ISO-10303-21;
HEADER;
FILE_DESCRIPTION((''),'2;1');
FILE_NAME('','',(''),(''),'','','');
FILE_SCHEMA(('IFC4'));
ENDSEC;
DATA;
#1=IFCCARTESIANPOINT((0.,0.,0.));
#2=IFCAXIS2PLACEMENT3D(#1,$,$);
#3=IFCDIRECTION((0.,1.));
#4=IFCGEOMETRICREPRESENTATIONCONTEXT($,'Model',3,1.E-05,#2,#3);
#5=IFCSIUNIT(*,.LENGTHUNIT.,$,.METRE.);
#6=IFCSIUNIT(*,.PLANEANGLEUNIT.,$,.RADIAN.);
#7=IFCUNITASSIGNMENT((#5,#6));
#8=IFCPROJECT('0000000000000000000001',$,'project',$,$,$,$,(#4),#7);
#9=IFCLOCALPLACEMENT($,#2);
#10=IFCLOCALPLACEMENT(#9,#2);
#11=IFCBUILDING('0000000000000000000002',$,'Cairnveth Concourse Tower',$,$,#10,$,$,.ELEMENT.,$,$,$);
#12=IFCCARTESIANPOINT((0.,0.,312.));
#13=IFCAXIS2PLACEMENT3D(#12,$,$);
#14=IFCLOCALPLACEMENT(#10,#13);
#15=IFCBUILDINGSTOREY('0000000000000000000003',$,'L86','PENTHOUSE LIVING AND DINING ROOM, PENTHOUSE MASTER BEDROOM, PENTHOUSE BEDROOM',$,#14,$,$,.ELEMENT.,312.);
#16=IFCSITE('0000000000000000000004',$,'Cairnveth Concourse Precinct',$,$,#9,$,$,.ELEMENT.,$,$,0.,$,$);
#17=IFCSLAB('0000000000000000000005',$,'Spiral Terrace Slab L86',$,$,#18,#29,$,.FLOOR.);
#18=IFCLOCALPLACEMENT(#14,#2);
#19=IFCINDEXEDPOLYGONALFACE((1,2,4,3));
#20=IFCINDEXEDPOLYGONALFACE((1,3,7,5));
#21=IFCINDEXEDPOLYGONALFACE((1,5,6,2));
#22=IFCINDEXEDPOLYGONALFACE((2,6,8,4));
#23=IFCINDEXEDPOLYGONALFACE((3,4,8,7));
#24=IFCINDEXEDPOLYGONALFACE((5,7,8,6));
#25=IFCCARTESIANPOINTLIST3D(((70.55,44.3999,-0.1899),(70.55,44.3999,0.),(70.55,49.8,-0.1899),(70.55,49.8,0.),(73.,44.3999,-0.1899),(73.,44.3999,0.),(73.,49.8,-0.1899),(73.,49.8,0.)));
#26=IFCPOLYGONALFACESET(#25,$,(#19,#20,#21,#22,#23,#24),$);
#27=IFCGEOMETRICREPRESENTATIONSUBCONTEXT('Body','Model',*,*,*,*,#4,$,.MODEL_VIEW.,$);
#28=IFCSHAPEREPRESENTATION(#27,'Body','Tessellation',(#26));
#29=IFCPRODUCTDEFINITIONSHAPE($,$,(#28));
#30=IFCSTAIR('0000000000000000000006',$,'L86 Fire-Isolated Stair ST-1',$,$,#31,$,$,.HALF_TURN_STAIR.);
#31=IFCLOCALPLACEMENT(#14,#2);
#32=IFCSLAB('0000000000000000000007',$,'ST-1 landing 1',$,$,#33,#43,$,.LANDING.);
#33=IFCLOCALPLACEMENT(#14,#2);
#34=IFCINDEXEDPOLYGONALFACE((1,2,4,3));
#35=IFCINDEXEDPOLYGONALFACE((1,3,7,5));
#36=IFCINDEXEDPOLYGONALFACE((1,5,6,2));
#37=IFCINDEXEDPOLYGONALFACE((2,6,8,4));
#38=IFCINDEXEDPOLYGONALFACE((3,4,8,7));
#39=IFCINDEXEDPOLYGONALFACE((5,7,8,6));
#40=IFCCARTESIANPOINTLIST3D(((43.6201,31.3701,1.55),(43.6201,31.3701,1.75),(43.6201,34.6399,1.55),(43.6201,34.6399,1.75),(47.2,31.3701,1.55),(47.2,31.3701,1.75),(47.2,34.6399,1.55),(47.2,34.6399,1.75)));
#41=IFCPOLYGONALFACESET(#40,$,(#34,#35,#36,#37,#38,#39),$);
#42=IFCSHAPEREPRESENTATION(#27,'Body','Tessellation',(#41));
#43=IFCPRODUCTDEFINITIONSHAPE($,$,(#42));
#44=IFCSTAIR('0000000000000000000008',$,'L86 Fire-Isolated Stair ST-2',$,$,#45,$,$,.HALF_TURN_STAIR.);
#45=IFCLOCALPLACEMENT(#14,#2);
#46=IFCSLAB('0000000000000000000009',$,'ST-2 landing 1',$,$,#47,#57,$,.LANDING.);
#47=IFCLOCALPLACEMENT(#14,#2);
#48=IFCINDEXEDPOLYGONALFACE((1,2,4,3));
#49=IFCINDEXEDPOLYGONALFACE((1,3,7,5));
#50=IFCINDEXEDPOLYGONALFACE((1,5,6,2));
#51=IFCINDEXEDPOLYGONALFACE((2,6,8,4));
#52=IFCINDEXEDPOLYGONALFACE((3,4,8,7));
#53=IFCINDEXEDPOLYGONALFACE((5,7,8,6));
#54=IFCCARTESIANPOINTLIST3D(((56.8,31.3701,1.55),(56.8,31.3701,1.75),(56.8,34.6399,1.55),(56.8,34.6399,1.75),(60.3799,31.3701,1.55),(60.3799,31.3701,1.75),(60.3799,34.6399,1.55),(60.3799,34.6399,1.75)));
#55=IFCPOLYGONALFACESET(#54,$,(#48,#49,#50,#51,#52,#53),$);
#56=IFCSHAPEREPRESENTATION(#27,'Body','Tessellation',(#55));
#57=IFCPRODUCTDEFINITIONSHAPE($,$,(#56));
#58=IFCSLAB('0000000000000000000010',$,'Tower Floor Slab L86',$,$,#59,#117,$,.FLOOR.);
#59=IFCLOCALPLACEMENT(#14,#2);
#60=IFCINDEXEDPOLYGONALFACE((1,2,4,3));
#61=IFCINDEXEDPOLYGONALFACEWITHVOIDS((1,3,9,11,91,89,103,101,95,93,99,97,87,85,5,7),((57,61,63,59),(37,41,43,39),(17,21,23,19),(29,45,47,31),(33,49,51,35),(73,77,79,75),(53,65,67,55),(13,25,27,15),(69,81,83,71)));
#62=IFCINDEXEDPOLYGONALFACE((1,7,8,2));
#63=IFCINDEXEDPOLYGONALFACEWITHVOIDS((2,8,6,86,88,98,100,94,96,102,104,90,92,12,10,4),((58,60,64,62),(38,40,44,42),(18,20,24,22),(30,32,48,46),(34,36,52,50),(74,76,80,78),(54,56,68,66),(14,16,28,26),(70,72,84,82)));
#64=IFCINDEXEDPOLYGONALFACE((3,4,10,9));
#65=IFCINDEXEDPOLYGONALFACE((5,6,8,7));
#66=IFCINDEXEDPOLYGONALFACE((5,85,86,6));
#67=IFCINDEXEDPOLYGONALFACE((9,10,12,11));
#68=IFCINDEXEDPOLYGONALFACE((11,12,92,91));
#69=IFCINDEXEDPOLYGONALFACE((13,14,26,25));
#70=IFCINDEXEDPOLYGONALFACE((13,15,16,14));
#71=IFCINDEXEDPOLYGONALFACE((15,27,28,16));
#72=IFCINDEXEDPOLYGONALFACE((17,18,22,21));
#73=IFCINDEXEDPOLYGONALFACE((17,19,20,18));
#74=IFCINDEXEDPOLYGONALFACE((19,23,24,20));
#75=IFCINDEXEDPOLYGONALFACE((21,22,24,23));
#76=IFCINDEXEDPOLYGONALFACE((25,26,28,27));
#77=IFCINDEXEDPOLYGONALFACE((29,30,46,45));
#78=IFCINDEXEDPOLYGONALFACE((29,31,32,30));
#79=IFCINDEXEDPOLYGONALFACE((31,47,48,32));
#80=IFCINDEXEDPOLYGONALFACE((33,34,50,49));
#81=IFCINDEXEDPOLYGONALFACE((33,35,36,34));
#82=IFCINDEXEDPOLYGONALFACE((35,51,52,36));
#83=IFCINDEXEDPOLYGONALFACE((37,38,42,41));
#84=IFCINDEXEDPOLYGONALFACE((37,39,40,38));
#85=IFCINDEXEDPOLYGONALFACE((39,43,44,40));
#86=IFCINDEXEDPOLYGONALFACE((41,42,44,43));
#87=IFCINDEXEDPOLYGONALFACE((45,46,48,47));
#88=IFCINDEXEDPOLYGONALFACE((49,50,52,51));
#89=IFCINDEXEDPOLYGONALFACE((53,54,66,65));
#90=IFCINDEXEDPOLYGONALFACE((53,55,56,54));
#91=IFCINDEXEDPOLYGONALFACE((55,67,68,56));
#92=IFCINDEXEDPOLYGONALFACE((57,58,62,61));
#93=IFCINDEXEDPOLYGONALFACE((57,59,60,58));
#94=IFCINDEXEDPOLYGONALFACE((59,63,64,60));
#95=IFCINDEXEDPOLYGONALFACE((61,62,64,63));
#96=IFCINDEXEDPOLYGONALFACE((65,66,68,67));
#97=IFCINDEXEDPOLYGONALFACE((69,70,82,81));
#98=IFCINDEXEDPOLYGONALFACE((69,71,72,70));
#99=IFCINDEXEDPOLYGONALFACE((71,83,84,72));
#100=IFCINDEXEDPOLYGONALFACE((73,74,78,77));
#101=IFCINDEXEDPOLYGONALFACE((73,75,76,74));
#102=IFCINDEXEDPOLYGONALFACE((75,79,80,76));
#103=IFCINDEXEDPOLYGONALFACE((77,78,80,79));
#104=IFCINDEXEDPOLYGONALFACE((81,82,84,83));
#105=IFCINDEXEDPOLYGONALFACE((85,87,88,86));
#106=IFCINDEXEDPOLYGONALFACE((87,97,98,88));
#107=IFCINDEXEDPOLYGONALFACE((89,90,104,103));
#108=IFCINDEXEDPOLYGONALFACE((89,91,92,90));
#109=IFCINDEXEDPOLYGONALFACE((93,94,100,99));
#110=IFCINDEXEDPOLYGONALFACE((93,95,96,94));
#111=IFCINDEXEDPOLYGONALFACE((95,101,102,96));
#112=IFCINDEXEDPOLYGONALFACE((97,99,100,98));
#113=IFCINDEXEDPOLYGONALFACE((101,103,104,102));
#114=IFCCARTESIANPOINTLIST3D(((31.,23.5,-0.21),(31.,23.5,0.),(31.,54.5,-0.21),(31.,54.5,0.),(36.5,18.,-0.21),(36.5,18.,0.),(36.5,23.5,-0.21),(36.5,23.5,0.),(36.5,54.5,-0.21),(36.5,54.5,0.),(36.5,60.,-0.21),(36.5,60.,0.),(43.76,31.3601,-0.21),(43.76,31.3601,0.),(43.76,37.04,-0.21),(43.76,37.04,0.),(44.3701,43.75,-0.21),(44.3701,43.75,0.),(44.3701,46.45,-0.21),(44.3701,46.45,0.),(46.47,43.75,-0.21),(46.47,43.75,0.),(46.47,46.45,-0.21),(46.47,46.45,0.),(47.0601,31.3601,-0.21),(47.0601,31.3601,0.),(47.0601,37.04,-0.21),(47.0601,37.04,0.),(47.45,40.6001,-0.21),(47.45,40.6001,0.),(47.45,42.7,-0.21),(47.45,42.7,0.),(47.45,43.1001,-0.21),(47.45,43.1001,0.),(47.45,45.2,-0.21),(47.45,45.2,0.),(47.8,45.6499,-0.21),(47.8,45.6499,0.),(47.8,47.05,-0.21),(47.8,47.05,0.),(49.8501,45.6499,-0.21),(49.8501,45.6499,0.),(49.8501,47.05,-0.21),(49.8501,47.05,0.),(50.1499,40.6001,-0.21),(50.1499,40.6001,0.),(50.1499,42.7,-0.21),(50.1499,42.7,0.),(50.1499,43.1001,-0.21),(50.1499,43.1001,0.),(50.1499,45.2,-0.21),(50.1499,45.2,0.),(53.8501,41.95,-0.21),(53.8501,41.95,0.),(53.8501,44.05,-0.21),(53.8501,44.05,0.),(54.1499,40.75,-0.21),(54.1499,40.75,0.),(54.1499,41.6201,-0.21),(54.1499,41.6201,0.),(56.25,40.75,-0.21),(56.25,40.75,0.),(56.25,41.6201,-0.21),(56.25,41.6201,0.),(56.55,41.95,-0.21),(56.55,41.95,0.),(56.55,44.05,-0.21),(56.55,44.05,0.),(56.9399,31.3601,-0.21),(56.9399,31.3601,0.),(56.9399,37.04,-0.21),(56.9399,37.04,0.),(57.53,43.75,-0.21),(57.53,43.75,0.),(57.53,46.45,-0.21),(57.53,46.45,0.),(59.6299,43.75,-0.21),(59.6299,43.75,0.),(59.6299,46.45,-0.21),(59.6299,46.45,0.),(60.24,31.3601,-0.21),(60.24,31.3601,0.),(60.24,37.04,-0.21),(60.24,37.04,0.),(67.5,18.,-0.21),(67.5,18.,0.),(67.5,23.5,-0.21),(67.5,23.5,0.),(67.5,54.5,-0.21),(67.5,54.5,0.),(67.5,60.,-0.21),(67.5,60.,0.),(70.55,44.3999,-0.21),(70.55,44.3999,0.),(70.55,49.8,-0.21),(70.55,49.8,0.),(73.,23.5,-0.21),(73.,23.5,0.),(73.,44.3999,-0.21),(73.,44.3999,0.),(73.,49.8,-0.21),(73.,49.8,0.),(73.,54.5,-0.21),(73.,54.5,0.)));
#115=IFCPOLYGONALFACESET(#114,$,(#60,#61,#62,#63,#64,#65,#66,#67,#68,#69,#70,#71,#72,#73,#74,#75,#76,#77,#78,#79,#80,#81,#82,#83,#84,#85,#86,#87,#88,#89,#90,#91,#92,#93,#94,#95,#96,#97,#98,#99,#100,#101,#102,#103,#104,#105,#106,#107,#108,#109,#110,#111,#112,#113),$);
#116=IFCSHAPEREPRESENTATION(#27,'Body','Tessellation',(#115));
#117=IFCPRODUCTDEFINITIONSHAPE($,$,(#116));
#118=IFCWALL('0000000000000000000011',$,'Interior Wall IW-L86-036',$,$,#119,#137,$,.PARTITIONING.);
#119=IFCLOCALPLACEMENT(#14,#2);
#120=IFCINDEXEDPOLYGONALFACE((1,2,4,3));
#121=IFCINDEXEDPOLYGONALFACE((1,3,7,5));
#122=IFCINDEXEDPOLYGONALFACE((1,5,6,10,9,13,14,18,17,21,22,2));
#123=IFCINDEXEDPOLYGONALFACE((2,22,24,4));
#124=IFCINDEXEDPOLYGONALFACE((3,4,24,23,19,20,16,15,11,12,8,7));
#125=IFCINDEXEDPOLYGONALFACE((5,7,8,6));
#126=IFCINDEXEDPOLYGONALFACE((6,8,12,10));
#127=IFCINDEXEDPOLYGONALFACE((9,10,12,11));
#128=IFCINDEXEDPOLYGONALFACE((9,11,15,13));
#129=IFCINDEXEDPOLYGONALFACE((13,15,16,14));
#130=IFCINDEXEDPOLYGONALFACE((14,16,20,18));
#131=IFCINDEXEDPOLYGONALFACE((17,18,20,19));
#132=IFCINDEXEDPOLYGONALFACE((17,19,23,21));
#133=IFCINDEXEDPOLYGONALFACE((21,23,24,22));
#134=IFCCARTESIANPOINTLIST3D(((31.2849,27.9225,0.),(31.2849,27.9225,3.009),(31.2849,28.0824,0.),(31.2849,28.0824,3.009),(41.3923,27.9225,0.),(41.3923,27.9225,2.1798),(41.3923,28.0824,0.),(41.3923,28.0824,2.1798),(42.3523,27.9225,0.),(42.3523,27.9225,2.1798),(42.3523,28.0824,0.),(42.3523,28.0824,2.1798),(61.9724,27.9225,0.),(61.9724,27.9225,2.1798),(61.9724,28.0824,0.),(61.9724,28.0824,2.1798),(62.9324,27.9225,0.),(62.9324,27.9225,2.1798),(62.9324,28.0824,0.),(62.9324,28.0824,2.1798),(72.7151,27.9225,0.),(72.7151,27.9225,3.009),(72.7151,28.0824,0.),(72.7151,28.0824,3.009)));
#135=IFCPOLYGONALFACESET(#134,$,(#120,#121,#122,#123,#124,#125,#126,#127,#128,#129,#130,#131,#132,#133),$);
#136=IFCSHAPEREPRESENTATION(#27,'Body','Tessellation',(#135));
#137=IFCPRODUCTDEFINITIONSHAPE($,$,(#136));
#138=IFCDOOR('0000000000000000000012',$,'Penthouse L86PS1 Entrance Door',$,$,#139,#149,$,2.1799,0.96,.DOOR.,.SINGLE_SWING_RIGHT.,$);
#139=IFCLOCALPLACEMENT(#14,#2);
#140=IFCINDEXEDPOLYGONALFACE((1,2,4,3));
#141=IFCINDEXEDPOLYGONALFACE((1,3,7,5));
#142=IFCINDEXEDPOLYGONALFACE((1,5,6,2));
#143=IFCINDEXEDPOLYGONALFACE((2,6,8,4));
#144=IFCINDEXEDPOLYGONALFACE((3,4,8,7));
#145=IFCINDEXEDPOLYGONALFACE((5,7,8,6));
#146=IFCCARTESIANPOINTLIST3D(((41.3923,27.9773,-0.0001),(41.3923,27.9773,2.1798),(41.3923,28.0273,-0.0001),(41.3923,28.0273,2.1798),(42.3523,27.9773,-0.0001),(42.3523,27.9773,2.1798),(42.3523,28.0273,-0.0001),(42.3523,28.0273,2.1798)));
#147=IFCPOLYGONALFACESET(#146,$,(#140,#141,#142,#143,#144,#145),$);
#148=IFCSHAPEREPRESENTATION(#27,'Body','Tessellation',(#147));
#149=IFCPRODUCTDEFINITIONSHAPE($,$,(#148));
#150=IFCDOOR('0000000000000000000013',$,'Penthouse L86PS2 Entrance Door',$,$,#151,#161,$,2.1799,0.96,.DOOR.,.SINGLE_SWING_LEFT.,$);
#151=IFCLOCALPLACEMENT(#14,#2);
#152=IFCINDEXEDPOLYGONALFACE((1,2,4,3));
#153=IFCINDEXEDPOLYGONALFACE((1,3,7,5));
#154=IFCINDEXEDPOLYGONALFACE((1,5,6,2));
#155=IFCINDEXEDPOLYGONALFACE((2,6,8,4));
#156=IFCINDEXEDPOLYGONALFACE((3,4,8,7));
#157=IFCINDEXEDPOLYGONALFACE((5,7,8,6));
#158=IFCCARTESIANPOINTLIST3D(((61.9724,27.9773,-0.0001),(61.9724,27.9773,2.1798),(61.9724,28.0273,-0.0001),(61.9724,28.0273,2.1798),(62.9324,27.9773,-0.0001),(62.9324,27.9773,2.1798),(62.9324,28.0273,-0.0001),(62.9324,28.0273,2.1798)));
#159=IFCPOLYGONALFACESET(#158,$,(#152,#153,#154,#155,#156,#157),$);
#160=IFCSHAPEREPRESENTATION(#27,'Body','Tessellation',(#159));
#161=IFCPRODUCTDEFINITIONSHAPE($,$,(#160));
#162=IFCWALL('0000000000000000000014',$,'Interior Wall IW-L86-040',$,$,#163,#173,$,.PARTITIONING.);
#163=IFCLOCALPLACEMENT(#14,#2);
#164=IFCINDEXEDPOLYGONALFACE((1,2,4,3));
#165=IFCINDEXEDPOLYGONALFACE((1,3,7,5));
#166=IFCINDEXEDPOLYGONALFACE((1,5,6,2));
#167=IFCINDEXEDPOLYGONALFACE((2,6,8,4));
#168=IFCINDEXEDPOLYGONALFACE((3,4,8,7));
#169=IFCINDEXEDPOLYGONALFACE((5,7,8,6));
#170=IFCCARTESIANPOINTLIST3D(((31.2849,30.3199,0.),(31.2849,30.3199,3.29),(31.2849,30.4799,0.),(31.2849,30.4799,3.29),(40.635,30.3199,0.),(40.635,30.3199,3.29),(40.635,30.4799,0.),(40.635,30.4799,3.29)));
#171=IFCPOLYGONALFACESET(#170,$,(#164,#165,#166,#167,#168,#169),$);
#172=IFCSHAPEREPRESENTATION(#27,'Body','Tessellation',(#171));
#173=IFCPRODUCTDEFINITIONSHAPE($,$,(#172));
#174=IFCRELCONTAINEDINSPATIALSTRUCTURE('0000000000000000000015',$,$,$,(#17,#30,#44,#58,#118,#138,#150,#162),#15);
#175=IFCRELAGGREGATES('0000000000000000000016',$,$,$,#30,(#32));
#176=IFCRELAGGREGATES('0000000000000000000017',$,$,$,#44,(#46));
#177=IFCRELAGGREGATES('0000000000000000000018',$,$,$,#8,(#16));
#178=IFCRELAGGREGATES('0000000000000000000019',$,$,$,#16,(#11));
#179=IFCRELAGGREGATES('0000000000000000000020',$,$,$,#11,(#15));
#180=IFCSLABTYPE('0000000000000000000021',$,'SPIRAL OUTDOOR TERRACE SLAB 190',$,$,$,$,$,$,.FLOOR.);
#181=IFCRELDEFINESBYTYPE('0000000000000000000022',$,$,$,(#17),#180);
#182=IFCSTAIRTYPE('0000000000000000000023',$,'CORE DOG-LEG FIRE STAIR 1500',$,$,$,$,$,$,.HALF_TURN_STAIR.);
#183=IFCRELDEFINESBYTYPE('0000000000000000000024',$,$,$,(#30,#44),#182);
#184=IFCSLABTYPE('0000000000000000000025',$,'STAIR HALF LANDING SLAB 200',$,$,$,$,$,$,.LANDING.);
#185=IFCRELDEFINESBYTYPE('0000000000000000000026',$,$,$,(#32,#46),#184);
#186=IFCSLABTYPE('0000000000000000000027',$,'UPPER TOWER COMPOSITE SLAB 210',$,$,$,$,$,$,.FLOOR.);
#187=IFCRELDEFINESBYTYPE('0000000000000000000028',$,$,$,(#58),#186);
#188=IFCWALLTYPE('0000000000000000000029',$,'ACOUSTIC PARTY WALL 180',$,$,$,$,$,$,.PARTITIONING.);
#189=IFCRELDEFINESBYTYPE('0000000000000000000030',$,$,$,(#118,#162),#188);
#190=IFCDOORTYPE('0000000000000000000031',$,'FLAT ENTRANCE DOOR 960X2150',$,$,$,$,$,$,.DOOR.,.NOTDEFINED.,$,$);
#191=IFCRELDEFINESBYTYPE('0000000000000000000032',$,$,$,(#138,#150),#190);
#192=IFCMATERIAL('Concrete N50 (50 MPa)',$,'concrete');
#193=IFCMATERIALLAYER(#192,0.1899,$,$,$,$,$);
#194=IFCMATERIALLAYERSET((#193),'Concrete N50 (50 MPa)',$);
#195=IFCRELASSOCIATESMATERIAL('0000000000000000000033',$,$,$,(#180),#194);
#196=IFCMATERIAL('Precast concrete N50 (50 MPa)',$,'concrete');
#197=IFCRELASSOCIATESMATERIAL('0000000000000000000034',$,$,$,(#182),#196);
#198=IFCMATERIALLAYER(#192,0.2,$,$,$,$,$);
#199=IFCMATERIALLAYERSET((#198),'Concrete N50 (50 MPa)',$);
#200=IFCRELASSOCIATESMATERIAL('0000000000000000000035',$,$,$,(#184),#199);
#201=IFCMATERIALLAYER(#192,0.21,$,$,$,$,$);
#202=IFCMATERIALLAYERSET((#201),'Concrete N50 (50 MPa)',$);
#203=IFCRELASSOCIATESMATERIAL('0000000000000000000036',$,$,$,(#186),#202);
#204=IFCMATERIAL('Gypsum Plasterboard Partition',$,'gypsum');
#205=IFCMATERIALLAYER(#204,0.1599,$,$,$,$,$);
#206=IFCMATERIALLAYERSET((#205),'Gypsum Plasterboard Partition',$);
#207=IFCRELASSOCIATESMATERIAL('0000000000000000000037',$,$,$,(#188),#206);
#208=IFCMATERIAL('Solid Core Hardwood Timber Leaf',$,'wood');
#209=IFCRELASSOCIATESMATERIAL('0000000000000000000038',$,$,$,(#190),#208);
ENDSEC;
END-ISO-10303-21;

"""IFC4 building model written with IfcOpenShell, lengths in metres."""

from ifc_helpers import new_model, si_unit, direction, frame, frame_2d, origin, place, context, subcontext, project, spatial, polyline, rectangle, outline, extrude, material, layer, layer_set, type_object, element, fill, aggregate, save


model = new_model("IFC4")

# Units and contexts
model_context = context("Model", 3, precision=1e-05, world=origin(), true_north=direction((0.0, 1.0)))
body_context = subcontext(model_context, "Body", "Model", "MODEL_VIEW")
ifc_project = project(units=[si_unit("LENGTHUNIT", "METRE"), si_unit("PLANEANGLEUNIT", "RADIAN")], contexts=[model_context])

# Site, building, storey
site_placement = place(None, origin())
site = spatial("IfcSite", under=ifc_project, at=site_placement, Name="Cairnveth Concourse Precinct", CompositionType="ELEMENT", RefElevation=0.0)
building_placement = place(site_placement, origin())
building = spatial("IfcBuilding", under=site, at=building_placement, Name="Cairnveth Concourse Tower", CompositionType="ELEMENT")
storey_placement = place(building_placement, frame((0.0, 0.0, 312.0)))
storey = spatial("IfcBuildingStorey", under=building, at=storey_placement, Name="L86", Description="PENTHOUSE LIVING AND DINING ROOM, PENTHOUSE MASTER BEDROOM, PENTHOUSE BEDROOM", CompositionType="ELEMENT", Elevation=312.0)

# Slab
ifc_material_1 = material(Name="Concrete N50 (50 MPa)", Category="concrete")
ifc_layer_1 = layer(ifc_material_1, 0.1899)
ifc_layer_set_1 = layer_set([ifc_layer_1], Name="Concrete N50 (50 MPa)")
slab_type_1 = type_object("IfcSlabType", Name="SPIRAL OUTDOOR TERRACE SLAB 190", PredefinedType="FLOOR", material=ifc_layer_set_1)
slab_1_placement = place(storey_placement, frame((0.0, 0.0, -0.1899)))
element("IfcSlab", 1, at=slab_1_placement, inside=storey, type_object=slab_type_1, Name="Spiral Terrace Slab L86", PredefinedType="FLOOR", context=body_context, shape_type="SweptSolid", body=[
    extrude(outline(polyline([(70.55, 44.3999), (73.0, 44.3999), (73.0, 49.8), (70.55, 49.8), (70.55, 44.3999)])), origin(), (0.0, 0.0, 1.0), 0.1899),
])

# Stairs, slabs
ifc_material_2 = material(Name="Precast concrete N50 (50 MPa)", Category="concrete")
stair_type = type_object("IfcStairType", Name="CORE DOG-LEG FIRE STAIR 1500", PredefinedType="HALF_TURN_STAIR", material=ifc_material_2)
stair_1_placement = place(storey_placement, origin())
stair_1 = element("IfcStair", 2, at=stair_1_placement, inside=storey, type_object=stair_type, Name="L86 Fire-Isolated Stair ST-1", PredefinedType="HALF_TURN_STAIR")
ifc_layer_2 = layer(ifc_material_1, 0.2)
ifc_layer_set_2 = layer_set([ifc_layer_2], Name="Concrete N50 (50 MPa)")
slab_type_2 = type_object("IfcSlabType", Name="STAIR HALF LANDING SLAB 200", PredefinedType="LANDING", material=ifc_layer_set_2)
slab_2_placement = place(storey_placement, frame((0.0, 0.0, 1.55)))
slab_2 = element("IfcSlab", 3, at=slab_2_placement, type_object=slab_type_2, Name="ST-1 landing 1", PredefinedType="LANDING", context=body_context, shape_type="SweptSolid", body=[
    extrude(outline(polyline([(43.6201, 34.6399), (43.6201, 31.3701), (47.2, 31.3701), (47.2, 34.6399), (43.6201, 34.6399)])), origin(), (0.0, 0.0, 1.0), 0.2),
])
aggregate(stair_1, [slab_2])
stair_2_placement = place(storey_placement, origin())
stair_2 = element("IfcStair", 4, at=stair_2_placement, inside=storey, type_object=stair_type, Name="L86 Fire-Isolated Stair ST-2", PredefinedType="HALF_TURN_STAIR")
slab_3_placement = place(storey_placement, frame((0.0, 0.0, 1.55)))
slab_3 = element("IfcSlab", 5, at=slab_3_placement, type_object=slab_type_2, Name="ST-2 landing 1", PredefinedType="LANDING", context=body_context, shape_type="SweptSolid", body=[
    extrude(outline(polyline([(56.8, 34.6399), (56.8, 31.3701), (60.3799, 31.3701), (60.3799, 34.6399), (56.8, 34.6399)])), origin(), (0.0, 0.0, 1.0), 0.2),
])
aggregate(stair_2, [slab_3])

# Slab
ifc_layer_3 = layer(ifc_material_1, 0.21)
ifc_layer_set_3 = layer_set([ifc_layer_3], Name="Concrete N50 (50 MPa)")
slab_type_3 = type_object("IfcSlabType", Name="UPPER TOWER COMPOSITE SLAB 210", PredefinedType="FLOOR", material=ifc_layer_set_3)
slab_4_placement = place(storey_placement, frame((0.0, 0.0, -0.21)))
element("IfcSlab", 6, at=slab_4_placement, inside=storey, type_object=slab_type_3, Name="Tower Floor Slab L86", PredefinedType="FLOOR", context=body_context, shape_type="SweptSolid", body=[
    extrude(outline(polyline([(73.0, 44.3999), (70.55, 44.3999), (70.55, 49.8), (73.0, 49.8), (73.0, 54.5), (67.5, 54.5), (67.5, 60.0), (36.5, 60.0), (36.5, 54.5), (31.0, 54.5), (31.0, 23.5), (36.5, 23.5), (36.5, 18.0), (67.5, 18.0), (67.5, 23.5), (73.0, 23.5), (73.0, 44.3999)]), holes=[polyline([(43.76, 31.3601), (47.0601, 31.3601), (47.0601, 37.04), (43.76, 37.04), (43.76, 31.3601)]), polyline([(56.9399, 31.3601), (60.24, 31.3601), (60.24, 37.04), (56.9399, 37.04), (56.9399, 31.3601)]), polyline([(44.3701, 43.75), (46.47, 43.75), (46.47, 46.45), (44.3701, 46.45), (44.3701, 43.75)]), polyline([(57.53, 43.75), (59.6299, 43.75), (59.6299, 46.45), (57.53, 46.45), (57.53, 43.75)]), polyline([(47.45, 40.6001), (50.1499, 40.6001), (50.1499, 42.7), (47.45, 42.7), (47.45, 40.6001)]), polyline([(47.45, 43.1001), (50.1499, 43.1001), (50.1499, 45.2), (47.45, 45.2), (47.45, 43.1001)]), polyline([(53.8501, 41.95), (56.55, 41.95), (56.55, 44.05), (53.8501, 44.05), (53.8501, 41.95)]), polyline([(47.8, 45.6499), (49.8501, 45.6499), (49.8501, 47.05), (47.8, 47.05), (47.8, 45.6499)]), polyline([(54.1499, 40.75), (56.25, 40.75), (56.25, 41.6201), (54.1499, 41.6201), (54.1499, 40.75)])]), origin(), (0.0, 0.0, 1.0), 0.21),
])

# Wall, openings, doors
ifc_material_3 = material(Name="Gypsum Plasterboard Partition", Category="gypsum")
ifc_layer_4 = layer(ifc_material_3, 0.1599)
ifc_layer_set_4 = layer_set([ifc_layer_4], Name="Gypsum Plasterboard Partition")
wall_type_1 = type_object("IfcWallType", Name="ACOUSTIC PARTY WALL 180", PredefinedType="PARTITIONING", material=ifc_layer_set_4)
wall_1_placement = place(storey_placement, frame((31.2849, 28.0024, 0.0), z_axis=(0.0, 0.0, 1.0), x_axis=(1.0, 0.0, 0.0)))
wall_1 = element("IfcWall", 7, at=wall_1_placement, inside=storey, type_object=wall_type_1, Name="Interior Wall IW-L86-036", PredefinedType="PARTITIONING", context=body_context, shape_type="SweptSolid", body=[
    extrude(rectangle(XDim=41.4302, YDim=0.1599, at=frame_2d((20.7151, 0.0))), origin(), (0.0, 0.0, 1.0), 3.009),
])
opening_1_placement = place(wall_1_placement, frame((10.1074, 0.0, 0.0)))
opening_1 = element("IfcOpeningElement", 8, at=opening_1_placement, cuts=wall_1, PredefinedType="OPENING", context=body_context, shape_type="SweptSolid", body=[
    extrude(rectangle(XDim=0.96, YDim=2.1799, at=frame_2d((0.48, 1.0898))), frame((0.0, 0.0898, 0.0), z_axis=(0.0, -1.0, 0.0), x_axis=(1.0, 0.0, 0.0)), (0.0, 0.0, 1.0), 0.1799),
])
opening_2_placement = place(wall_1_placement, frame((30.6875, 0.0, 0.0)))
opening_2 = element("IfcOpeningElement", 9, at=opening_2_placement, cuts=wall_1, PredefinedType="OPENING", context=body_context, shape_type="SweptSolid", body=[
    extrude(rectangle(XDim=0.96, YDim=2.1799, at=frame_2d((0.48, 1.0898))), frame((0.0, 0.0898, 0.0), z_axis=(0.0, -1.0, 0.0), x_axis=(1.0, 0.0, 0.0)), (0.0, 0.0, 1.0), 0.1799),
])
ifc_material_4 = material(Name="Solid Core Hardwood Timber Leaf", Category="wood")
door_type = type_object("IfcDoorType", Name="FLAT ENTRANCE DOOR 960X2150", OperationType="NOTDEFINED", PredefinedType="DOOR", material=ifc_material_4)
door_1_placement = place(opening_1_placement, origin())
door_1 = element("IfcDoor", 10, at=door_1_placement, inside=storey, type_object=door_type, Name="Penthouse L86PS1 Entrance Door", OperationType="SINGLE_SWING_RIGHT", OverallHeight=2.1799, OverallWidth=0.96, PredefinedType="DOOR", context=body_context, shape_type="SweptSolid", body=[
    extrude(rectangle(XDim=0.96, YDim=2.1799, at=frame_2d((0.48, 1.0898))), frame((0.0, 0.0249, 0.0), z_axis=(0.0, -1.0, 0.0), x_axis=(1.0, 0.0, 0.0)), (0.0, 0.0, 1.0), 0.05),
])
fill(opening_1, door_1)
door_2_placement = place(opening_2_placement, origin())
door_2 = element("IfcDoor", 11, at=door_2_placement, inside=storey, type_object=door_type, Name="Penthouse L86PS2 Entrance Door", OperationType="SINGLE_SWING_LEFT", OverallHeight=2.1799, OverallWidth=0.96, PredefinedType="DOOR", context=body_context, shape_type="SweptSolid", body=[
    extrude(rectangle(XDim=0.96, YDim=2.1799, at=frame_2d((0.48, 1.0898))), frame((0.0, 0.0249, 0.0), z_axis=(0.0, -1.0, 0.0), x_axis=(1.0, 0.0, 0.0)), (0.0, 0.0, 1.0), 0.05),
])
fill(opening_2, door_2)

# Wall
wall_2_placement = place(storey_placement, frame((31.2849, 30.3999, 0.0), z_axis=(0.0, 0.0, 1.0), x_axis=(1.0, 0.0, 0.0)))
element("IfcWall", 12, at=wall_2_placement, inside=storey, type_object=wall_type_1, Name="Interior Wall IW-L86-040", PredefinedType="PARTITIONING", context=body_context, shape_type="SweptSolid", body=[
    extrude(rectangle(XDim=9.3501, YDim=0.1599, at=frame_2d((4.675, 0.0))), origin(), (0.0, 0.0, 1.0), 3.29),
])

save(model, "model.ifc")
